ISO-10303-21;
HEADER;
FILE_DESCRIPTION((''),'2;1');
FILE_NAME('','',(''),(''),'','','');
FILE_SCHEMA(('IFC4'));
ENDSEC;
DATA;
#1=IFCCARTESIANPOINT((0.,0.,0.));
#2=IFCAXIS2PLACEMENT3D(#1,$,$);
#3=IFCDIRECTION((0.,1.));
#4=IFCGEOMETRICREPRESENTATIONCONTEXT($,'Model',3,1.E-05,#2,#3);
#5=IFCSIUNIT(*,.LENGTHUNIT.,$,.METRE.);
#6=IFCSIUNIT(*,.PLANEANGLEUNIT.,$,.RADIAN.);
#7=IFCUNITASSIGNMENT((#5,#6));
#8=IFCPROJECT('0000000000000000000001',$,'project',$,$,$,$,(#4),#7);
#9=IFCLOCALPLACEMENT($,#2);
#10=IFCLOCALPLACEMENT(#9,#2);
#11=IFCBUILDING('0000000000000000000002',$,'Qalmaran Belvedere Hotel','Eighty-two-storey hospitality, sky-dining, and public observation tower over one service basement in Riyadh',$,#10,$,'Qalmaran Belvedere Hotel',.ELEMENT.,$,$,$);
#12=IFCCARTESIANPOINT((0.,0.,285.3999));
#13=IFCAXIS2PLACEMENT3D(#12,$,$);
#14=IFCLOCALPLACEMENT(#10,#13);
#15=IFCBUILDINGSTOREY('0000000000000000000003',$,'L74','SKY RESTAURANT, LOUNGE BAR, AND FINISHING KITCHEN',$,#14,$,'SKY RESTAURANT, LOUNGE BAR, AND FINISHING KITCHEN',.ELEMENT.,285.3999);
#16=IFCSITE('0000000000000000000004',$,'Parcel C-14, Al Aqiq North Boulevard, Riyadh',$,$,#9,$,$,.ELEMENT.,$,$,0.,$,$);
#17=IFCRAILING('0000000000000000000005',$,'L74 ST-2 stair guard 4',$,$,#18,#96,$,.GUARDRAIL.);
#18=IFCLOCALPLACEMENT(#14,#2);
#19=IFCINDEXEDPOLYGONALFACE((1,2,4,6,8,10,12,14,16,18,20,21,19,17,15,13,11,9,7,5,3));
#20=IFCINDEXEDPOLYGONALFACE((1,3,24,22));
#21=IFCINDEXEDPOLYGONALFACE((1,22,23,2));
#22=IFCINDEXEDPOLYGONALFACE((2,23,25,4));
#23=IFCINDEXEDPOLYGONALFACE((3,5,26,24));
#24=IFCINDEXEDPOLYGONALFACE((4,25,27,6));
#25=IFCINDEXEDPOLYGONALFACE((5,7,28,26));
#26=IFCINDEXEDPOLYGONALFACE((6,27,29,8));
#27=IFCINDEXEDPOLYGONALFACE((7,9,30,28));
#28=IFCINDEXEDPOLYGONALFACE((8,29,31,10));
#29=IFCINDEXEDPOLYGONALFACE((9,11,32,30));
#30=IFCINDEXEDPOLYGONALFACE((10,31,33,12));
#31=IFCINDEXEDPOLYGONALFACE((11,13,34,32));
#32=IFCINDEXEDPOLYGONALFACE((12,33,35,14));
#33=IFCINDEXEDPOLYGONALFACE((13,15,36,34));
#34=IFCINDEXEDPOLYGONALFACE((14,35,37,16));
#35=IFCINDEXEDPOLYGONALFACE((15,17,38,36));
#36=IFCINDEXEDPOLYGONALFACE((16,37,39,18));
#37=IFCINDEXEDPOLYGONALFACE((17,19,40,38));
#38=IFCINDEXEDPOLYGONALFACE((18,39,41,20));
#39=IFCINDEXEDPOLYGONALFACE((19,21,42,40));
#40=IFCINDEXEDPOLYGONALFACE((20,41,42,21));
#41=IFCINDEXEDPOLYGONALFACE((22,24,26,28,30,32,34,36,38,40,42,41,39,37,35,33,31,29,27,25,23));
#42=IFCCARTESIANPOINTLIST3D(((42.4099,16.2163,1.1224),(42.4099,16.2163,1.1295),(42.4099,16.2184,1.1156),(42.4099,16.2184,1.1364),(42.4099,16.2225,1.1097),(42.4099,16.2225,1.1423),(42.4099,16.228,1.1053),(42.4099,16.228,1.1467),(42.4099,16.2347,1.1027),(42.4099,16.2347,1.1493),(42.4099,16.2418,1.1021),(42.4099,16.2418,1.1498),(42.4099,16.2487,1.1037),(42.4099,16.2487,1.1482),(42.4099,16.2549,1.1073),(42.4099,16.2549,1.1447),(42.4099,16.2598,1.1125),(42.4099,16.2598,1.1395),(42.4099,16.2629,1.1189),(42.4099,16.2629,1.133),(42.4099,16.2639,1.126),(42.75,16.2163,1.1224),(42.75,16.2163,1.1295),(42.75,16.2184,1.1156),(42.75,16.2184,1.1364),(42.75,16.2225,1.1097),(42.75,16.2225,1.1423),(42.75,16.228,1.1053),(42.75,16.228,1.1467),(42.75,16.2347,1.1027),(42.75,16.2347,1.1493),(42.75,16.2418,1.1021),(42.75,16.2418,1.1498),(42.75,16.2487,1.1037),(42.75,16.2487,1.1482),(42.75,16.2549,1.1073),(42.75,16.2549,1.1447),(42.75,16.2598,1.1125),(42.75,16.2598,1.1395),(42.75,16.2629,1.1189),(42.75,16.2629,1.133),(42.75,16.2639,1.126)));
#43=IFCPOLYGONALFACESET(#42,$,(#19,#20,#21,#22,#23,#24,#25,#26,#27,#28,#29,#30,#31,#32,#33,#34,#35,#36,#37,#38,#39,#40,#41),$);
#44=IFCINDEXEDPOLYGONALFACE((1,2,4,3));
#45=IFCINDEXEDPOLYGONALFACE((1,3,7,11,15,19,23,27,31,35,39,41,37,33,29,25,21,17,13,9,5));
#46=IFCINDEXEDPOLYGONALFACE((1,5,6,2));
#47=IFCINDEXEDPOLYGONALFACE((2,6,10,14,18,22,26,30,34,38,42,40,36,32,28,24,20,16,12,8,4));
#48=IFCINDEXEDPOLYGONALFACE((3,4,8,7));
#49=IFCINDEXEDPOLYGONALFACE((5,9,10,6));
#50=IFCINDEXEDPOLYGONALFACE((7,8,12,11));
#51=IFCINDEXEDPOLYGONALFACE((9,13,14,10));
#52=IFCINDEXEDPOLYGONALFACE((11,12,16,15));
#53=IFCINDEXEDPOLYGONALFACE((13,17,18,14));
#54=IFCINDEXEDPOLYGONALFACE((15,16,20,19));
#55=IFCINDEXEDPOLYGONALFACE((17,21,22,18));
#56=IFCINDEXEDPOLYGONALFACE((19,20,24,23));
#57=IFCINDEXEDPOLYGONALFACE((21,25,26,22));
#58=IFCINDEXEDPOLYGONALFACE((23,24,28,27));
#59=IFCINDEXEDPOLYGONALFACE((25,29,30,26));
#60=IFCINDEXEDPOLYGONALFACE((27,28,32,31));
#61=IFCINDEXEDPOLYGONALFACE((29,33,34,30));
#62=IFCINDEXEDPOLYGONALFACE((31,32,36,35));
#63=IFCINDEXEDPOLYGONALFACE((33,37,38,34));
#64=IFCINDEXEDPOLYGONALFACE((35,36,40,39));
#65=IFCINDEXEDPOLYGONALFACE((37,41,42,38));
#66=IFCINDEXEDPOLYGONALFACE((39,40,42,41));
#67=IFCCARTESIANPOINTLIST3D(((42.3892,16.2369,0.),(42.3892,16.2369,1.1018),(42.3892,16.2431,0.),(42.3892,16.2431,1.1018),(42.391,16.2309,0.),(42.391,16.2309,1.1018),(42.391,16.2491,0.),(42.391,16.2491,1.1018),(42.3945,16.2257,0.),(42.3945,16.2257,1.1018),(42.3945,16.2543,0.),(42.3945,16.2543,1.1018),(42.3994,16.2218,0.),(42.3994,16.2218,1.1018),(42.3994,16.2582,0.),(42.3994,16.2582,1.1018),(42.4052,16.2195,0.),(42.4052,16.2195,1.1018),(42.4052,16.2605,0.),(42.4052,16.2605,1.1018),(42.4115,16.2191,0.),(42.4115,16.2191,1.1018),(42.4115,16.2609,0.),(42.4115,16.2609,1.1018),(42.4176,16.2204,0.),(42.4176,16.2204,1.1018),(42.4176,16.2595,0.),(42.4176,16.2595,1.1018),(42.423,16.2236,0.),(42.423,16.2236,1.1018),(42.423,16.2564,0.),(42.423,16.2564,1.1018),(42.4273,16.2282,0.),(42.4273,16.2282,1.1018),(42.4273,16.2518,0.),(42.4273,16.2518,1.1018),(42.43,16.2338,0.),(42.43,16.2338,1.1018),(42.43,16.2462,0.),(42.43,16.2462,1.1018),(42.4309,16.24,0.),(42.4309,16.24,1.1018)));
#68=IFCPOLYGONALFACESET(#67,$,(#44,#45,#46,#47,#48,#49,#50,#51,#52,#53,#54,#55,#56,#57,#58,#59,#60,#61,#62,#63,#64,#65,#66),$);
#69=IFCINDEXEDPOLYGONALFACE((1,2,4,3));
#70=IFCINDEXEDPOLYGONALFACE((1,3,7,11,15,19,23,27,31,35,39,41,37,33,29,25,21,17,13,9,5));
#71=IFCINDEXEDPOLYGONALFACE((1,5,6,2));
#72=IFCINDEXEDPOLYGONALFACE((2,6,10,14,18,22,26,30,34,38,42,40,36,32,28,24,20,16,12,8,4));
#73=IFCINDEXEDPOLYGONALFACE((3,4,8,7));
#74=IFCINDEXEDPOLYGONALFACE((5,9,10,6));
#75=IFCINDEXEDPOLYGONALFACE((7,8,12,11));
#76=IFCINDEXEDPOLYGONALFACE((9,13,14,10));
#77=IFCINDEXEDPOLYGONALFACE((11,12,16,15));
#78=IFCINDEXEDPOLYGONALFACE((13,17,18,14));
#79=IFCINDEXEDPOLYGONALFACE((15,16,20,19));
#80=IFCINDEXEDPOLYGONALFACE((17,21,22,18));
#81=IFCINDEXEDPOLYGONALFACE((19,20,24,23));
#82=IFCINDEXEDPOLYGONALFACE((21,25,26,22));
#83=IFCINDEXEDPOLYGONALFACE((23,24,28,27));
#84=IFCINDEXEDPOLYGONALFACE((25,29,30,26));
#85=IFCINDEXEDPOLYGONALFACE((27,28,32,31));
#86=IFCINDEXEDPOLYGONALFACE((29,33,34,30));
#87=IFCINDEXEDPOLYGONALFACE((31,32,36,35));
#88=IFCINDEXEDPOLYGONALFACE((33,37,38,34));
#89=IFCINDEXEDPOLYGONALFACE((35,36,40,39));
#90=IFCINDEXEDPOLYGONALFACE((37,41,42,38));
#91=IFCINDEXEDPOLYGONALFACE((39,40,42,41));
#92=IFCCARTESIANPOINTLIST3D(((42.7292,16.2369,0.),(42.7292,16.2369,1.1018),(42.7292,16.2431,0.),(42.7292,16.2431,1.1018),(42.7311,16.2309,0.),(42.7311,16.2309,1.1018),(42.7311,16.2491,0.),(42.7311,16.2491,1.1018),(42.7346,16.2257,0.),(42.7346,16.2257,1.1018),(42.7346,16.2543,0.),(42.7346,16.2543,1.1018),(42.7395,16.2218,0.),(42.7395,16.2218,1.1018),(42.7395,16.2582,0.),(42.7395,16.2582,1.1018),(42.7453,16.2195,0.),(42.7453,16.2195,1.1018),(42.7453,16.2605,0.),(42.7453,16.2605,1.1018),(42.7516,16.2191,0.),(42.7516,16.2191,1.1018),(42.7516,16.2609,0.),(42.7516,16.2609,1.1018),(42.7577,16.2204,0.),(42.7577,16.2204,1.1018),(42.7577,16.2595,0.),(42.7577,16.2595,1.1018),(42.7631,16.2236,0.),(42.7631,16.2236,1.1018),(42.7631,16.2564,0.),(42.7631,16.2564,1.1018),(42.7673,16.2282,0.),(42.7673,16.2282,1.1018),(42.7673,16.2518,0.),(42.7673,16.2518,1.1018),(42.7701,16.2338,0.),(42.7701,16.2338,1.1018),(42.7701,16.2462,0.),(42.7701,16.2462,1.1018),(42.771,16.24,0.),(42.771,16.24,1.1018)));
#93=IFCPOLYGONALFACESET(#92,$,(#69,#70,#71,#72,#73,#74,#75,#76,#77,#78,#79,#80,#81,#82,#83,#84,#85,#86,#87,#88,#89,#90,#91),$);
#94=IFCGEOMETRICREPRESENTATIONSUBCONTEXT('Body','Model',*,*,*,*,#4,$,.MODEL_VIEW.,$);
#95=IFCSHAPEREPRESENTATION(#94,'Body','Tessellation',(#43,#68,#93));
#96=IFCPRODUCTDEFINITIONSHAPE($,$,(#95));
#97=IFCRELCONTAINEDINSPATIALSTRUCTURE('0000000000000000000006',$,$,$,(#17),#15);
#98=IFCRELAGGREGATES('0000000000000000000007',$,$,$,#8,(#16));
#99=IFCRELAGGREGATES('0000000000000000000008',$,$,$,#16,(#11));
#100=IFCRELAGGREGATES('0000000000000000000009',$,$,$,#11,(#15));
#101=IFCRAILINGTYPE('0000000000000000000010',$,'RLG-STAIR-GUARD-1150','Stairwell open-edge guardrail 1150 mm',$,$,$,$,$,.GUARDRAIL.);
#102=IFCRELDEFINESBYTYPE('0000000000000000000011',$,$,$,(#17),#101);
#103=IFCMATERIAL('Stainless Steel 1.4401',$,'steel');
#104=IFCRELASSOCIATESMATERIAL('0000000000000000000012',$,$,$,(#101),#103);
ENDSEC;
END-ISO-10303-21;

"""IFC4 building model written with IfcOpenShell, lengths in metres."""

from ifc_helpers import new_model, si_unit, direction, frame, origin, origin_2d, place, context, subcontext, project, spatial, circle, extrude, material, type_object, element, save


model = new_model("IFC4")

# Units and contexts
model_context = context("Model", 3, precision=1e-05, world=origin(), true_north=direction((0.0, 1.0)))
body_context = subcontext(model_context, "Body", "Model", "MODEL_VIEW")
ifc_project = project(units=[si_unit("LENGTHUNIT", "METRE"), si_unit("PLANEANGLEUNIT", "RADIAN")], contexts=[model_context])

# Site, building, storey
site_placement = place(None, origin())
site = spatial("IfcSite", under=ifc_project, at=site_placement, Name="Parcel C-14, Al Aqiq North Boulevard, Riyadh", CompositionType="ELEMENT", RefElevation=0.0)
building_placement = place(site_placement, origin())
building = spatial("IfcBuilding", under=site, at=building_placement, Name="Qalmaran Belvedere Hotel", Description="Eighty-two-storey hospitality, sky-dining, and public observation tower over one service basement in Riyadh", LongName="Qalmaran Belvedere Hotel", CompositionType="ELEMENT")
storey_placement = place(building_placement, frame((0.0, 0.0, 285.3999)))
storey = spatial("IfcBuildingStorey", under=building, at=storey_placement, Name="L74", Description="SKY RESTAURANT, LOUNGE BAR, AND FINISHING KITCHEN", LongName="SKY RESTAURANT, LOUNGE BAR, AND FINISHING KITCHEN", CompositionType="ELEMENT", Elevation=285.3999)

# Railing
ifc_material_1 = material(Name="Stainless Steel 1.4401", Category="steel")
railing_type_1 = type_object("IfcRailingType", Name="RLG-STAIR-GUARD-1150", Description="Stairwell open-edge guardrail 1150 mm", PredefinedType="GUARDRAIL", material=ifc_material_1)
railing_1_placement = place(storey_placement, frame((42.4099, 16.24, 0.0)))
element("IfcRailing", 1, at=railing_1_placement, inside=storey, type_object=railing_type_1, Name="L74 ST-2 stair guard 4", PredefinedType="GUARDRAIL", context=body_context, shape_type="SweptSolid", body=[
    extrude(circle(Radius=0.0239, at=origin_2d()), frame((0.0, 0.0, 1.126), z_axis=(1.0, 0.0, 0.0), x_axis=(0.0, 1.0, 0.0)), (0.0, 0.0, 1.0), 0.3401),
    extrude(circle(Radius=0.021, at=origin_2d()), origin(), (0.0, 0.0, 1.0), 1.1018),
    extrude(circle(Radius=0.021, at=origin_2d()), frame((0.3401, 0.0, 0.0)), (0.0, 0.0, 1.0), 1.1018),
])

save(model, "model.ifc")
